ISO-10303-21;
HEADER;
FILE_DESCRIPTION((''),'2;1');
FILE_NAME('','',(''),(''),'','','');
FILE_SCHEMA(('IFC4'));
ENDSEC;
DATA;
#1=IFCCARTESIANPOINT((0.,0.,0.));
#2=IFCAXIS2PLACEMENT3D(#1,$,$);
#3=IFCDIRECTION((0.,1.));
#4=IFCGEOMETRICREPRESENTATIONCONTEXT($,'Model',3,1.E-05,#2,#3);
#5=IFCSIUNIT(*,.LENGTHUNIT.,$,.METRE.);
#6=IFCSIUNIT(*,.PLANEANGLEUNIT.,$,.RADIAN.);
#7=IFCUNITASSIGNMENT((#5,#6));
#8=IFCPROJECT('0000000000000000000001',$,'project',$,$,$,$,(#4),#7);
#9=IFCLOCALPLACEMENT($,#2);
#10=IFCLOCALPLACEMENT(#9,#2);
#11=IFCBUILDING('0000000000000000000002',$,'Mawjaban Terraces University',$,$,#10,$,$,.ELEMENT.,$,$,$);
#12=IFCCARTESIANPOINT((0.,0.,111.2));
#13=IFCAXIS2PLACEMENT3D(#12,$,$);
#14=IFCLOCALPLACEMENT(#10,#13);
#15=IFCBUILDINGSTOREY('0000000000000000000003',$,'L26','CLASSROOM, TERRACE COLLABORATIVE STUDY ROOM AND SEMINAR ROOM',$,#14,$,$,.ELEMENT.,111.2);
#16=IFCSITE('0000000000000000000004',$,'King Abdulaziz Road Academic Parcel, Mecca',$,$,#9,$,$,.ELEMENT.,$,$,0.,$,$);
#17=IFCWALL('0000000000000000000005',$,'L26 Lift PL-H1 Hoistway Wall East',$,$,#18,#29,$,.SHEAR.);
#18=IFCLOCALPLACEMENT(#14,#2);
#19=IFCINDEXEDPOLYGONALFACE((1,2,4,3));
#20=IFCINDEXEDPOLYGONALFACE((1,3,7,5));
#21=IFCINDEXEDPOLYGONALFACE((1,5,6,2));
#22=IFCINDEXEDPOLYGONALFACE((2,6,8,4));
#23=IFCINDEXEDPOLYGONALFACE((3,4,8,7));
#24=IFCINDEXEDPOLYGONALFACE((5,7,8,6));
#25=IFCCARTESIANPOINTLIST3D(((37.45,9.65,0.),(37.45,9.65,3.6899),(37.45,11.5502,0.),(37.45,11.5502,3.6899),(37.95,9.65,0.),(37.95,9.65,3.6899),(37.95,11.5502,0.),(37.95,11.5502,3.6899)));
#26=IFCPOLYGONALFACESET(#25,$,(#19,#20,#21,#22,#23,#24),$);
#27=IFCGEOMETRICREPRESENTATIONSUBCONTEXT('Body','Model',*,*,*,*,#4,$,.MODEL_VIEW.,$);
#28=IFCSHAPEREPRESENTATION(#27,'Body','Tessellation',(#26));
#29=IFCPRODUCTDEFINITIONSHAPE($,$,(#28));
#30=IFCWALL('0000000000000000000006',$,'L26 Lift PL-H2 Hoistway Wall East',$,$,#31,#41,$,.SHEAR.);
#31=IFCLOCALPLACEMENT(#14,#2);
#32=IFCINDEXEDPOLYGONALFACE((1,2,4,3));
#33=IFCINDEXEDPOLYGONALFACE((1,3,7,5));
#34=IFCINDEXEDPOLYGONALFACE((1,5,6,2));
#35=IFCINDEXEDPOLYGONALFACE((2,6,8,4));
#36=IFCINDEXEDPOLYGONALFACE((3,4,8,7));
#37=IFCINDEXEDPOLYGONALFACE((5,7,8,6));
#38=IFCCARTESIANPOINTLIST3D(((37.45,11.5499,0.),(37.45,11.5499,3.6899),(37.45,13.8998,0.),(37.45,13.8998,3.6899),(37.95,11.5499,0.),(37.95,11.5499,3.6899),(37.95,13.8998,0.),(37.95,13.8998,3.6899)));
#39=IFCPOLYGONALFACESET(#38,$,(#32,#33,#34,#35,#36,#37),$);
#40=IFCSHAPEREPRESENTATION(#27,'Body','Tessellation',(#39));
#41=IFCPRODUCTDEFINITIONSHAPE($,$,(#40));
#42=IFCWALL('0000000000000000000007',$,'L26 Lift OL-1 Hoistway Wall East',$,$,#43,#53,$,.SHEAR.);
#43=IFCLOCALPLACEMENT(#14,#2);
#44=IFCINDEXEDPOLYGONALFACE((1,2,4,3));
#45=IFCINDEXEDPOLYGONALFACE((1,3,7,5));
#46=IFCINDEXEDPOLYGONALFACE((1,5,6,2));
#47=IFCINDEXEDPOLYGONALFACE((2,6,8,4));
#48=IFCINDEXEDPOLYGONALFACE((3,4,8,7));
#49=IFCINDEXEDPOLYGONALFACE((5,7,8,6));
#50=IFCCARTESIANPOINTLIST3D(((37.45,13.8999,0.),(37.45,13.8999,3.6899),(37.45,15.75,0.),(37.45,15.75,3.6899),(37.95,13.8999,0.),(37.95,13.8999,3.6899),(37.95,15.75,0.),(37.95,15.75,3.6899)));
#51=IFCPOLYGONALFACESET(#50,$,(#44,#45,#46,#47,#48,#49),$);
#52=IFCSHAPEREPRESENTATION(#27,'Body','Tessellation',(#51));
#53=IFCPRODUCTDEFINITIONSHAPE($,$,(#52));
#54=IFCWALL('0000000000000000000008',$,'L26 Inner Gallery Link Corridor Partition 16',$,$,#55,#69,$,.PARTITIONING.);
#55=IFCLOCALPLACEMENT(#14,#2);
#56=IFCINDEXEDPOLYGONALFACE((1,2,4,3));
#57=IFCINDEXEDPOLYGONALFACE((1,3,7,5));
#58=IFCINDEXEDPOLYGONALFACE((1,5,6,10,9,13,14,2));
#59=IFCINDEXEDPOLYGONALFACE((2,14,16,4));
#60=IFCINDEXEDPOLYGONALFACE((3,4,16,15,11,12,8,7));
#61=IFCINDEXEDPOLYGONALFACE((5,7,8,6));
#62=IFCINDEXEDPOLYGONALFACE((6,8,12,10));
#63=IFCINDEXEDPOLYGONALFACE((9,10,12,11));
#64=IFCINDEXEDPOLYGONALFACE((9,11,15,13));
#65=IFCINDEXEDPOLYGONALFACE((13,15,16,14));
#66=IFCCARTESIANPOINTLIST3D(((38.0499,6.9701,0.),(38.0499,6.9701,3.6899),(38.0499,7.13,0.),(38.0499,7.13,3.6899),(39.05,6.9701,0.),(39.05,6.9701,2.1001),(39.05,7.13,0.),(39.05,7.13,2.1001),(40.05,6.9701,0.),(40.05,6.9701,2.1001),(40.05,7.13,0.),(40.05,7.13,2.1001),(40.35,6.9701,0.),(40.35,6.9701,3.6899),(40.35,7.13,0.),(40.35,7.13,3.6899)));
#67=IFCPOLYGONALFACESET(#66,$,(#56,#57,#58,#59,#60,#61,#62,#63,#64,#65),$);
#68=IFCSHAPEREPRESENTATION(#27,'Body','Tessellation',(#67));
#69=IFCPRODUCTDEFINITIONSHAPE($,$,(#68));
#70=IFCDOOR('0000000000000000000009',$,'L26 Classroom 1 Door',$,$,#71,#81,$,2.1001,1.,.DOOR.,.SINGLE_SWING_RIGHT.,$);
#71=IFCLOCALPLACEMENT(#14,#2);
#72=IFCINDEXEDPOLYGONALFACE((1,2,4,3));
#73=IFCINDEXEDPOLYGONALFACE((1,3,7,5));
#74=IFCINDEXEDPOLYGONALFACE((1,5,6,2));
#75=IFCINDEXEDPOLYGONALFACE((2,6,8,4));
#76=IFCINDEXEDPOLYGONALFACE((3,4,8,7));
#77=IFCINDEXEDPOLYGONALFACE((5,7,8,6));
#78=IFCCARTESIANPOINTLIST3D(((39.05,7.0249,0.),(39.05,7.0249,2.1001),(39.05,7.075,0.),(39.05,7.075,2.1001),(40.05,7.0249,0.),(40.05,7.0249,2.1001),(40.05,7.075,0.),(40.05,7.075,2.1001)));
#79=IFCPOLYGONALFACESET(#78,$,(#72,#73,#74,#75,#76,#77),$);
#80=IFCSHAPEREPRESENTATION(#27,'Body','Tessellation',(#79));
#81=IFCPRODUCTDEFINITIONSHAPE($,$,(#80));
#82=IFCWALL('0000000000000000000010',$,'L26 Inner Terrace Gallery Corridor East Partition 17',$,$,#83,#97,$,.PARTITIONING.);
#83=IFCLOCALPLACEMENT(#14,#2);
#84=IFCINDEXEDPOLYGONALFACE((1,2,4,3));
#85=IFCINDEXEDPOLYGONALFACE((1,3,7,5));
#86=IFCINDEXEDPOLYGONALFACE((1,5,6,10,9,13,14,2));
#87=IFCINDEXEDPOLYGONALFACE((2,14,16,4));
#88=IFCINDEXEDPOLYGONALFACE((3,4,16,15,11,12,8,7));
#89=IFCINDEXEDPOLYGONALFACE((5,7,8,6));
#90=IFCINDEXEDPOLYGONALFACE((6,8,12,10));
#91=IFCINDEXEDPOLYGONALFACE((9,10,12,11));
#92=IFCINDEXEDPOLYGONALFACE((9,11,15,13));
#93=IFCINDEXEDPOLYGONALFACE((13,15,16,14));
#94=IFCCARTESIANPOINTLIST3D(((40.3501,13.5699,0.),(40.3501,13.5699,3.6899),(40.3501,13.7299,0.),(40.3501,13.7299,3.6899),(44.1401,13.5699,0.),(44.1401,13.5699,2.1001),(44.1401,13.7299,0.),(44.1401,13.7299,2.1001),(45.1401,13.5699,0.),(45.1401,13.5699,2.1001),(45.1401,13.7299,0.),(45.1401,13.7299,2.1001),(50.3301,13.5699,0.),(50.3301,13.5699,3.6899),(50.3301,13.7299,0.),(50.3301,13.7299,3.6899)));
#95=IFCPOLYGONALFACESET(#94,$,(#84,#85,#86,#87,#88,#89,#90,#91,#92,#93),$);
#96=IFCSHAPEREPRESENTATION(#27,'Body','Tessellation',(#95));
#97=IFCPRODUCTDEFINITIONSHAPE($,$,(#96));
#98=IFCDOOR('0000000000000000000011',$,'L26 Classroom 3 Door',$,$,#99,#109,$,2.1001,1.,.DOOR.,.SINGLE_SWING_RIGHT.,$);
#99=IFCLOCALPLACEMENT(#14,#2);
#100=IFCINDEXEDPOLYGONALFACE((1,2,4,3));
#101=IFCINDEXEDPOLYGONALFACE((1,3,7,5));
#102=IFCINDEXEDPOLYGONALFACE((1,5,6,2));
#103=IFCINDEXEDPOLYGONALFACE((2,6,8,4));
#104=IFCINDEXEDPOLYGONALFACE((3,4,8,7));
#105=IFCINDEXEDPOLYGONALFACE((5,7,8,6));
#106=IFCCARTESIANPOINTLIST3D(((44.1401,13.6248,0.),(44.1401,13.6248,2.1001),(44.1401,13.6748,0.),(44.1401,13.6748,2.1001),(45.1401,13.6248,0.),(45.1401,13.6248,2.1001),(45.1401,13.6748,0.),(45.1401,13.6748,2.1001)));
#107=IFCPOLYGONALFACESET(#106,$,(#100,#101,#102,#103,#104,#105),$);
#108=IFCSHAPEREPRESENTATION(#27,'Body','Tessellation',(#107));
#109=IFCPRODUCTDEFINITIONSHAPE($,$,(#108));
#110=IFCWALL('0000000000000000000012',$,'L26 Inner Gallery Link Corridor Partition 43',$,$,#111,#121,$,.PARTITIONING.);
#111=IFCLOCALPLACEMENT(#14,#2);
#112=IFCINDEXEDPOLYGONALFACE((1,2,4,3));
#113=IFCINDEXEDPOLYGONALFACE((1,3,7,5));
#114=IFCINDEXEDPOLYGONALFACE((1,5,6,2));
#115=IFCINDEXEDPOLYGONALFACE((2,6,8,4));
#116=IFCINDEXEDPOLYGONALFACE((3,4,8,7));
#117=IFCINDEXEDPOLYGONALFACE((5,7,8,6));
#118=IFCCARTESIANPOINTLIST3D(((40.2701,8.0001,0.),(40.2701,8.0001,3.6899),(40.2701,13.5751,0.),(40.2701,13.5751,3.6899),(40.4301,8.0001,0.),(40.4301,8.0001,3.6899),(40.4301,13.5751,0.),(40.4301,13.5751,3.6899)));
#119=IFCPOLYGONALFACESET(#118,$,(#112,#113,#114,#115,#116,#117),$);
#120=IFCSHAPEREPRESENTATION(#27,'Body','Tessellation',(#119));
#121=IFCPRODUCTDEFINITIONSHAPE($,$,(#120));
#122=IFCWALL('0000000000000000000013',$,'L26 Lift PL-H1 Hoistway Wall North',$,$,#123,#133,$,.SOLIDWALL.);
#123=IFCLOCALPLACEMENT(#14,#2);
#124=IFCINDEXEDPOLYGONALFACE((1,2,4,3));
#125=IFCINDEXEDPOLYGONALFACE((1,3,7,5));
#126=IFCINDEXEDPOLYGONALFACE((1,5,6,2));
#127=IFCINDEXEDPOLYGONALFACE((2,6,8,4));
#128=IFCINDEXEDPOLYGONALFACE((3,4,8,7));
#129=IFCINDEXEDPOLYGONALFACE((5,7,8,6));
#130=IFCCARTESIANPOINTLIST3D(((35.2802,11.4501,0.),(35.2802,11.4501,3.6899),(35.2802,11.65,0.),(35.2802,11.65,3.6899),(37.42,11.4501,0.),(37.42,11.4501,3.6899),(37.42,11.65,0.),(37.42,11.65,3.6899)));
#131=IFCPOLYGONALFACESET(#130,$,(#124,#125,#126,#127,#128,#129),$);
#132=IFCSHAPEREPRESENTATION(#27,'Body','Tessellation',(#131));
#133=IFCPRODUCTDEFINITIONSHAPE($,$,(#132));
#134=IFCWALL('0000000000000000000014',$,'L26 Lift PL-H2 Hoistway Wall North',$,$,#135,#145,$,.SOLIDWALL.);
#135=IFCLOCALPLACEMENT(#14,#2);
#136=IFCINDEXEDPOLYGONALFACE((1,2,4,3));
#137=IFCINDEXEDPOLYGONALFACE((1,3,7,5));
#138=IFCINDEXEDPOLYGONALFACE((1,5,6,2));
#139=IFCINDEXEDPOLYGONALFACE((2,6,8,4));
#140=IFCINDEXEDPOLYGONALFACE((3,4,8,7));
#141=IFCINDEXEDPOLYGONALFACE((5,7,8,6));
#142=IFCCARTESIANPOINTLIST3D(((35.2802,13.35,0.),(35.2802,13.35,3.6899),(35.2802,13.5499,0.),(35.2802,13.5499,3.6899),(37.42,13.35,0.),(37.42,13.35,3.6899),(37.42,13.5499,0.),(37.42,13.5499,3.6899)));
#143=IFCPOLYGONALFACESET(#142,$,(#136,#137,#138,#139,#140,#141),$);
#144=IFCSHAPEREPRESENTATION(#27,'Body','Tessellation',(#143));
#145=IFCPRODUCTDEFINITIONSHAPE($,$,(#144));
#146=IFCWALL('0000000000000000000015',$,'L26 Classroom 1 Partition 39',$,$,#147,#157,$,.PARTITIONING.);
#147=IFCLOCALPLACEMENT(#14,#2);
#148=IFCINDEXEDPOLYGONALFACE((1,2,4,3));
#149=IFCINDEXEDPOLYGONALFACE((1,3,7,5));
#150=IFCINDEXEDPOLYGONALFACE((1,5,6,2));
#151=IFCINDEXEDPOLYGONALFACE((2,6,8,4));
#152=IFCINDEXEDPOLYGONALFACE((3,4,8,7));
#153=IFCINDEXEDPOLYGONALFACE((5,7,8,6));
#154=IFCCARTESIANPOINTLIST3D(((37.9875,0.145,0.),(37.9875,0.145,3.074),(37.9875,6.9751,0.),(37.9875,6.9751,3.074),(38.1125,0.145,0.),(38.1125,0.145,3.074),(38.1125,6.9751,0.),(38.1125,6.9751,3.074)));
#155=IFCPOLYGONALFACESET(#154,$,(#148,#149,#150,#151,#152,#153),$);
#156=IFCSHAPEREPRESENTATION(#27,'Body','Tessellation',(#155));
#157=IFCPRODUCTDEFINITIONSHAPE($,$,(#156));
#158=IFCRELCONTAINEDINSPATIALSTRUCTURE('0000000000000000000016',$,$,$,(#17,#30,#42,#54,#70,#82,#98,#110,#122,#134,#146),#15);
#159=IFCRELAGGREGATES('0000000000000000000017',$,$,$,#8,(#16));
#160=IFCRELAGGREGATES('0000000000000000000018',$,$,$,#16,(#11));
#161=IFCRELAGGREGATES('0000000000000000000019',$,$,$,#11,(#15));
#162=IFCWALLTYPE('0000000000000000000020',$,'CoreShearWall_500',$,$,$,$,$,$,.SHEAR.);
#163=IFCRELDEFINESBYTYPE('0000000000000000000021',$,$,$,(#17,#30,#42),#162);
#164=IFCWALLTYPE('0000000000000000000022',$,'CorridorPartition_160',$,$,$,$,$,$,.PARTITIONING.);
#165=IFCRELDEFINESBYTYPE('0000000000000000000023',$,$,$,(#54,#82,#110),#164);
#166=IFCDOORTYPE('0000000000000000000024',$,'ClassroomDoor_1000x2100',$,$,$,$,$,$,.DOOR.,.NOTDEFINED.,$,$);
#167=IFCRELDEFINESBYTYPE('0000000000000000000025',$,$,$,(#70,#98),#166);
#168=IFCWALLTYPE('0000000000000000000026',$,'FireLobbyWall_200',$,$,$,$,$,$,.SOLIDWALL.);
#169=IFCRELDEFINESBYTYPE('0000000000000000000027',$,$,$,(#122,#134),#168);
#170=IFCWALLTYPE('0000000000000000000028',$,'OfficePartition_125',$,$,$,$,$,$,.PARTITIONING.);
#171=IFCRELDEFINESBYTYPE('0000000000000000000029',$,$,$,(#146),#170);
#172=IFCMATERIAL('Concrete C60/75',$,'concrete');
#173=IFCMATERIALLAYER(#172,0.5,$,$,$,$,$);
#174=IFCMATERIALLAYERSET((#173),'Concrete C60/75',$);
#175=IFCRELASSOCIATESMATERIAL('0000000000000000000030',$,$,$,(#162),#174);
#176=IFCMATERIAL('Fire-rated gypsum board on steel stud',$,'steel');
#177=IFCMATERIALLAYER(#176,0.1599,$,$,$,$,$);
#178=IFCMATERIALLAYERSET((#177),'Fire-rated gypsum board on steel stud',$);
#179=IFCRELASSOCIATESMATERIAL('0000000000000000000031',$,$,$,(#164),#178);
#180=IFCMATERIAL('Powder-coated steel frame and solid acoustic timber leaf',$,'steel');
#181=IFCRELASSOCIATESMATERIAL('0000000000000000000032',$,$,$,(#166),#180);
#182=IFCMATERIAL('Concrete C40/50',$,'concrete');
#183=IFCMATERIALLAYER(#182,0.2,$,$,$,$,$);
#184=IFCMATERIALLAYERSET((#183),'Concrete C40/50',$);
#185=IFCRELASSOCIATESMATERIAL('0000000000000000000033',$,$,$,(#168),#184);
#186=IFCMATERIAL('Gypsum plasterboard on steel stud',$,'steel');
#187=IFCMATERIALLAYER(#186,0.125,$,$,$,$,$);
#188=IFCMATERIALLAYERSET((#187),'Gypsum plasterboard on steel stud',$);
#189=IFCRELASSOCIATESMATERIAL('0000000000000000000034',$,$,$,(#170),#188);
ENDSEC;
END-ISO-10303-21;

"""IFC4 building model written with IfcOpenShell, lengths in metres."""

from ifc_helpers import new_model, si_unit, direction, frame, frame_2d, origin, place, context, subcontext, project, spatial, rectangle, extrude, material, layer, layer_set, type_object, element, fill, save


model = new_model("IFC4")

# Units and contexts
model_context = context("Model", 3, precision=1e-05, world=origin(), true_north=direction((0.0, 1.0)))
body_context = subcontext(model_context, "Body", "Model", "MODEL_VIEW")
ifc_project = project(units=[si_unit("LENGTHUNIT", "METRE"), si_unit("PLANEANGLEUNIT", "RADIAN")], contexts=[model_context])

# Site, building, storey
site_placement = place(None, origin())
site = spatial("IfcSite", under=ifc_project, at=site_placement, Name="King Abdulaziz Road Academic Parcel, Mecca", CompositionType="ELEMENT", RefElevation=0.0)
building_placement = place(site_placement, origin())
building = spatial("IfcBuilding", under=site, at=building_placement, Name="Mawjaban Terraces University", CompositionType="ELEMENT")
storey_placement = place(building_placement, frame((0.0, 0.0, 111.2)))
storey = spatial("IfcBuildingStorey", under=building, at=storey_placement, Name="L26", Description="CLASSROOM, TERRACE COLLABORATIVE STUDY ROOM AND SEMINAR ROOM", CompositionType="ELEMENT", Elevation=111.2)

# Shared definitions
ifc_material_1 = material(Name="Concrete C60/75", Category="concrete")

# Walls
ifc_layer_1 = layer(ifc_material_1, 0.5)
ifc_layer_set_1 = layer_set([ifc_layer_1], Name="Concrete C60/75")
wall_type_1 = type_object("IfcWallType", Name="CoreShearWall_500", PredefinedType="SHEAR", material=ifc_layer_set_1)
wall_1_placement = place(storey_placement, frame((37.7, 9.6499, 0.0), z_axis=(0.0, 0.0, 1.0), x_axis=(0.0, 1.0, 0.0)))
element("IfcWall", 1, at=wall_1_placement, inside=storey, type_object=wall_type_1, Name="L26 Lift PL-H1 Hoistway Wall East", PredefinedType="SHEAR", context=body_context, shape_type="SweptSolid", body=[
    extrude(rectangle(XDim=1.9001, YDim=0.5, at=frame_2d((0.9502, 0.0))), origin(), (0.0, 0.0, 1.0), 3.6899),
])
wall_2_placement = place(storey_placement, frame((37.7, 11.55, 0.0), z_axis=(0.0, 0.0, 1.0), x_axis=(0.0, 1.0, 0.0)))
element("IfcWall", 2, at=wall_2_placement, inside=storey, type_object=wall_type_1, Name="L26 Lift PL-H2 Hoistway Wall East", PredefinedType="SHEAR", context=body_context, shape_type="SweptSolid", body=[
    extrude(rectangle(XDim=2.3499, YDim=0.5, at=frame_2d((1.1748, 0.0))), origin(), (0.0, 0.0, 1.0), 3.6899),
])
wall_3_placement = place(storey_placement, frame((37.7, 13.8999, 0.0), z_axis=(0.0, 0.0, 1.0), x_axis=(0.0, 1.0, 0.0)))
element("IfcWall", 3, at=wall_3_placement, inside=storey, type_object=wall_type_1, Name="L26 Lift OL-1 Hoistway Wall East", PredefinedType="SHEAR", context=body_context, shape_type="SweptSolid", body=[
    extrude(rectangle(XDim=1.8501, YDim=0.5, at=frame_2d((0.925, 0.0))), origin(), (0.0, 0.0, 1.0), 3.6899),
])

# Walls, openings, doors
ifc_material_2 = material(Name="Fire-rated gypsum board on steel stud", Category="steel")
ifc_layer_2 = layer(ifc_material_2, 0.1599)
ifc_layer_set_2 = layer_set([ifc_layer_2], Name="Fire-rated gypsum board on steel stud")
wall_type_2 = type_object("IfcWallType", Name="CorridorPartition_160", PredefinedType="PARTITIONING", material=ifc_layer_set_2)
wall_4_placement = place(storey_placement, frame((38.05, 7.05, 0.0), z_axis=(0.0, 0.0, 1.0), x_axis=(1.0, 0.0, 0.0)))
wall_4 = element("IfcWall", 4, at=wall_4_placement, inside=storey, type_object=wall_type_2, Name="L26 Inner Gallery Link Corridor Partition 16", PredefinedType="PARTITIONING", context=body_context, shape_type="SweptSolid", body=[
    extrude(rectangle(XDim=2.3, YDim=0.1599, at=frame_2d((1.1499, 0.0))), origin(), (0.0, 0.0, 1.0), 3.6899),
])
opening_1_placement = place(wall_4_placement, frame((1.0, 0.0, 0.0)))
opening_1 = element("IfcOpeningElement", 5, at=opening_1_placement, cuts=wall_4, PredefinedType="OPENING", context=body_context, shape_type="SweptSolid", body=[
    extrude(rectangle(XDim=1.0, YDim=2.1001, at=frame_2d((0.5, 1.05))), frame((0.0, 0.0898, 0.0), z_axis=(0.0, -1.0, 0.0), x_axis=(1.0, 0.0, 0.0)), (0.0, 0.0, 1.0), 0.1799),
])
ifc_material_3 = material(Name="Powder-coated steel frame and solid acoustic timber leaf", Category="steel")
door_type = type_object("IfcDoorType", Name="ClassroomDoor_1000x2100", OperationType="NOTDEFINED", PredefinedType="DOOR", material=ifc_material_3)
door_1_placement = place(opening_1_placement, origin())
door_1 = element("IfcDoor", 6, at=door_1_placement, inside=storey, type_object=door_type, Name="L26 Classroom 1 Door", OperationType="SINGLE_SWING_RIGHT", OverallHeight=2.1001, OverallWidth=1.0, PredefinedType="DOOR", context=body_context, shape_type="SweptSolid", body=[
    extrude(rectangle(XDim=1.0, YDim=2.1001, at=frame_2d((0.5, 1.05))), frame((0.0, 0.0249, 0.0), z_axis=(0.0, -1.0, 0.0), x_axis=(1.0, 0.0, 0.0)), (0.0, 0.0, 1.0), 0.05),
])
fill(opening_1, door_1)
wall_5_placement = place(storey_placement, frame((40.3501, 13.6499, 0.0), z_axis=(0.0, 0.0, 1.0), x_axis=(1.0, 0.0, 0.0)))
wall_5 = element("IfcWall", 7, at=wall_5_placement, inside=storey, type_object=wall_type_2, Name="L26 Inner Terrace Gallery Corridor East Partition 17", PredefinedType="PARTITIONING", context=body_context, shape_type="SweptSolid", body=[
    extrude(rectangle(XDim=9.98, YDim=0.1599, at=frame_2d((4.99, 0.0))), origin(), (0.0, 0.0, 1.0), 3.6899),
])
opening_2_placement = place(wall_5_placement, frame((3.79, 0.0, 0.0)))
opening_2 = element("IfcOpeningElement", 8, at=opening_2_placement, cuts=wall_5, PredefinedType="OPENING", context=body_context, shape_type="SweptSolid", body=[
    extrude(rectangle(XDim=1.0, YDim=2.1001, at=frame_2d((0.5, 1.05))), frame((0.0, 0.0898, 0.0), z_axis=(0.0, -1.0, 0.0), x_axis=(1.0, 0.0, 0.0)), (0.0, 0.0, 1.0), 0.1799),
])
door_2_placement = place(opening_2_placement, origin())
door_2 = element("IfcDoor", 9, at=door_2_placement, inside=storey, type_object=door_type, Name="L26 Classroom 3 Door", OperationType="SINGLE_SWING_RIGHT", OverallHeight=2.1001, OverallWidth=1.0, PredefinedType="DOOR", context=body_context, shape_type="SweptSolid", body=[
    extrude(rectangle(XDim=1.0, YDim=2.1001, at=frame_2d((0.5, 1.05))), frame((0.0, 0.0249, 0.0), z_axis=(0.0, -1.0, 0.0), x_axis=(1.0, 0.0, 0.0)), (0.0, 0.0, 1.0), 0.05),
])
fill(opening_2, door_2)

# Walls
wall_6_placement = place(storey_placement, frame((40.3501, 8.0, 0.0), z_axis=(0.0, 0.0, 1.0), x_axis=(0.0, 1.0, 0.0)))
element("IfcWall", 10, at=wall_6_placement, inside=storey, type_object=wall_type_2, Name="L26 Inner Gallery Link Corridor Partition 43", PredefinedType="PARTITIONING", context=body_context, shape_type="SweptSolid", body=[
    extrude(rectangle(XDim=5.575, YDim=0.1599, at=frame_2d((2.7876, 0.0))), origin(), (0.0, 0.0, 1.0), 3.6899),
])
ifc_material_4 = material(Name="Concrete C40/50", Category="concrete")
ifc_layer_3 = layer(ifc_material_4, 0.2)
ifc_layer_set_3 = layer_set([ifc_layer_3], Name="Concrete C40/50")
wall_type_3 = type_object("IfcWallType", Name="FireLobbyWall_200", PredefinedType="SOLIDWALL", material=ifc_layer_set_3)
for number, where, z_axis, x_axis, name in (
    (11, (37.4199, 11.55, 0.0), (0.0, 0.0, 1.0), (-1.0, 0.0, 0.0), "L26 Lift PL-H1 Hoistway Wall North"),
    (12, (37.4199, 13.45, 0.0), (0.0, 0.0, 1.0), (-1.0, 0.0, 0.0), "L26 Lift PL-H2 Hoistway Wall North"),
):
    element("IfcWall", number, at=place(storey_placement, frame(where, z_axis=z_axis, x_axis=x_axis)), inside=storey, type_object=wall_type_3, Name=name, PredefinedType="SOLIDWALL", context=body_context, shape_type="SweptSolid", body=[
        extrude(rectangle(XDim=2.1399, YDim=0.2, at=frame_2d((1.0698, 0.0))), origin(), (0.0, 0.0, 1.0), 3.6899),
    ])
ifc_material_5 = material(Name="Gypsum plasterboard on steel stud", Category="steel")
ifc_layer_4 = layer(ifc_material_5, 0.125)
ifc_layer_set_4 = layer_set([ifc_layer_4], Name="Gypsum plasterboard on steel stud")
wall_type_4 = type_object("IfcWallType", Name="OfficePartition_125", PredefinedType="PARTITIONING", material=ifc_layer_set_4)
wall_7_placement = place(storey_placement, frame((38.05, 6.9751, 0.0), z_axis=(0.0, 0.0, 1.0), x_axis=(0.0, -1.0, 0.0)))
element("IfcWall", 13, at=wall_7_placement, inside=storey, type_object=wall_type_4, Name="L26 Classroom 1 Partition 39", PredefinedType="PARTITIONING", context=body_context, shape_type="SweptSolid", body=[
    extrude(rectangle(XDim=6.8301, YDim=0.125, at=frame_2d((3.415, 0.0))), origin(), (0.0, 0.0, 1.0), 3.074),
])

save(model, "model.ifc")
